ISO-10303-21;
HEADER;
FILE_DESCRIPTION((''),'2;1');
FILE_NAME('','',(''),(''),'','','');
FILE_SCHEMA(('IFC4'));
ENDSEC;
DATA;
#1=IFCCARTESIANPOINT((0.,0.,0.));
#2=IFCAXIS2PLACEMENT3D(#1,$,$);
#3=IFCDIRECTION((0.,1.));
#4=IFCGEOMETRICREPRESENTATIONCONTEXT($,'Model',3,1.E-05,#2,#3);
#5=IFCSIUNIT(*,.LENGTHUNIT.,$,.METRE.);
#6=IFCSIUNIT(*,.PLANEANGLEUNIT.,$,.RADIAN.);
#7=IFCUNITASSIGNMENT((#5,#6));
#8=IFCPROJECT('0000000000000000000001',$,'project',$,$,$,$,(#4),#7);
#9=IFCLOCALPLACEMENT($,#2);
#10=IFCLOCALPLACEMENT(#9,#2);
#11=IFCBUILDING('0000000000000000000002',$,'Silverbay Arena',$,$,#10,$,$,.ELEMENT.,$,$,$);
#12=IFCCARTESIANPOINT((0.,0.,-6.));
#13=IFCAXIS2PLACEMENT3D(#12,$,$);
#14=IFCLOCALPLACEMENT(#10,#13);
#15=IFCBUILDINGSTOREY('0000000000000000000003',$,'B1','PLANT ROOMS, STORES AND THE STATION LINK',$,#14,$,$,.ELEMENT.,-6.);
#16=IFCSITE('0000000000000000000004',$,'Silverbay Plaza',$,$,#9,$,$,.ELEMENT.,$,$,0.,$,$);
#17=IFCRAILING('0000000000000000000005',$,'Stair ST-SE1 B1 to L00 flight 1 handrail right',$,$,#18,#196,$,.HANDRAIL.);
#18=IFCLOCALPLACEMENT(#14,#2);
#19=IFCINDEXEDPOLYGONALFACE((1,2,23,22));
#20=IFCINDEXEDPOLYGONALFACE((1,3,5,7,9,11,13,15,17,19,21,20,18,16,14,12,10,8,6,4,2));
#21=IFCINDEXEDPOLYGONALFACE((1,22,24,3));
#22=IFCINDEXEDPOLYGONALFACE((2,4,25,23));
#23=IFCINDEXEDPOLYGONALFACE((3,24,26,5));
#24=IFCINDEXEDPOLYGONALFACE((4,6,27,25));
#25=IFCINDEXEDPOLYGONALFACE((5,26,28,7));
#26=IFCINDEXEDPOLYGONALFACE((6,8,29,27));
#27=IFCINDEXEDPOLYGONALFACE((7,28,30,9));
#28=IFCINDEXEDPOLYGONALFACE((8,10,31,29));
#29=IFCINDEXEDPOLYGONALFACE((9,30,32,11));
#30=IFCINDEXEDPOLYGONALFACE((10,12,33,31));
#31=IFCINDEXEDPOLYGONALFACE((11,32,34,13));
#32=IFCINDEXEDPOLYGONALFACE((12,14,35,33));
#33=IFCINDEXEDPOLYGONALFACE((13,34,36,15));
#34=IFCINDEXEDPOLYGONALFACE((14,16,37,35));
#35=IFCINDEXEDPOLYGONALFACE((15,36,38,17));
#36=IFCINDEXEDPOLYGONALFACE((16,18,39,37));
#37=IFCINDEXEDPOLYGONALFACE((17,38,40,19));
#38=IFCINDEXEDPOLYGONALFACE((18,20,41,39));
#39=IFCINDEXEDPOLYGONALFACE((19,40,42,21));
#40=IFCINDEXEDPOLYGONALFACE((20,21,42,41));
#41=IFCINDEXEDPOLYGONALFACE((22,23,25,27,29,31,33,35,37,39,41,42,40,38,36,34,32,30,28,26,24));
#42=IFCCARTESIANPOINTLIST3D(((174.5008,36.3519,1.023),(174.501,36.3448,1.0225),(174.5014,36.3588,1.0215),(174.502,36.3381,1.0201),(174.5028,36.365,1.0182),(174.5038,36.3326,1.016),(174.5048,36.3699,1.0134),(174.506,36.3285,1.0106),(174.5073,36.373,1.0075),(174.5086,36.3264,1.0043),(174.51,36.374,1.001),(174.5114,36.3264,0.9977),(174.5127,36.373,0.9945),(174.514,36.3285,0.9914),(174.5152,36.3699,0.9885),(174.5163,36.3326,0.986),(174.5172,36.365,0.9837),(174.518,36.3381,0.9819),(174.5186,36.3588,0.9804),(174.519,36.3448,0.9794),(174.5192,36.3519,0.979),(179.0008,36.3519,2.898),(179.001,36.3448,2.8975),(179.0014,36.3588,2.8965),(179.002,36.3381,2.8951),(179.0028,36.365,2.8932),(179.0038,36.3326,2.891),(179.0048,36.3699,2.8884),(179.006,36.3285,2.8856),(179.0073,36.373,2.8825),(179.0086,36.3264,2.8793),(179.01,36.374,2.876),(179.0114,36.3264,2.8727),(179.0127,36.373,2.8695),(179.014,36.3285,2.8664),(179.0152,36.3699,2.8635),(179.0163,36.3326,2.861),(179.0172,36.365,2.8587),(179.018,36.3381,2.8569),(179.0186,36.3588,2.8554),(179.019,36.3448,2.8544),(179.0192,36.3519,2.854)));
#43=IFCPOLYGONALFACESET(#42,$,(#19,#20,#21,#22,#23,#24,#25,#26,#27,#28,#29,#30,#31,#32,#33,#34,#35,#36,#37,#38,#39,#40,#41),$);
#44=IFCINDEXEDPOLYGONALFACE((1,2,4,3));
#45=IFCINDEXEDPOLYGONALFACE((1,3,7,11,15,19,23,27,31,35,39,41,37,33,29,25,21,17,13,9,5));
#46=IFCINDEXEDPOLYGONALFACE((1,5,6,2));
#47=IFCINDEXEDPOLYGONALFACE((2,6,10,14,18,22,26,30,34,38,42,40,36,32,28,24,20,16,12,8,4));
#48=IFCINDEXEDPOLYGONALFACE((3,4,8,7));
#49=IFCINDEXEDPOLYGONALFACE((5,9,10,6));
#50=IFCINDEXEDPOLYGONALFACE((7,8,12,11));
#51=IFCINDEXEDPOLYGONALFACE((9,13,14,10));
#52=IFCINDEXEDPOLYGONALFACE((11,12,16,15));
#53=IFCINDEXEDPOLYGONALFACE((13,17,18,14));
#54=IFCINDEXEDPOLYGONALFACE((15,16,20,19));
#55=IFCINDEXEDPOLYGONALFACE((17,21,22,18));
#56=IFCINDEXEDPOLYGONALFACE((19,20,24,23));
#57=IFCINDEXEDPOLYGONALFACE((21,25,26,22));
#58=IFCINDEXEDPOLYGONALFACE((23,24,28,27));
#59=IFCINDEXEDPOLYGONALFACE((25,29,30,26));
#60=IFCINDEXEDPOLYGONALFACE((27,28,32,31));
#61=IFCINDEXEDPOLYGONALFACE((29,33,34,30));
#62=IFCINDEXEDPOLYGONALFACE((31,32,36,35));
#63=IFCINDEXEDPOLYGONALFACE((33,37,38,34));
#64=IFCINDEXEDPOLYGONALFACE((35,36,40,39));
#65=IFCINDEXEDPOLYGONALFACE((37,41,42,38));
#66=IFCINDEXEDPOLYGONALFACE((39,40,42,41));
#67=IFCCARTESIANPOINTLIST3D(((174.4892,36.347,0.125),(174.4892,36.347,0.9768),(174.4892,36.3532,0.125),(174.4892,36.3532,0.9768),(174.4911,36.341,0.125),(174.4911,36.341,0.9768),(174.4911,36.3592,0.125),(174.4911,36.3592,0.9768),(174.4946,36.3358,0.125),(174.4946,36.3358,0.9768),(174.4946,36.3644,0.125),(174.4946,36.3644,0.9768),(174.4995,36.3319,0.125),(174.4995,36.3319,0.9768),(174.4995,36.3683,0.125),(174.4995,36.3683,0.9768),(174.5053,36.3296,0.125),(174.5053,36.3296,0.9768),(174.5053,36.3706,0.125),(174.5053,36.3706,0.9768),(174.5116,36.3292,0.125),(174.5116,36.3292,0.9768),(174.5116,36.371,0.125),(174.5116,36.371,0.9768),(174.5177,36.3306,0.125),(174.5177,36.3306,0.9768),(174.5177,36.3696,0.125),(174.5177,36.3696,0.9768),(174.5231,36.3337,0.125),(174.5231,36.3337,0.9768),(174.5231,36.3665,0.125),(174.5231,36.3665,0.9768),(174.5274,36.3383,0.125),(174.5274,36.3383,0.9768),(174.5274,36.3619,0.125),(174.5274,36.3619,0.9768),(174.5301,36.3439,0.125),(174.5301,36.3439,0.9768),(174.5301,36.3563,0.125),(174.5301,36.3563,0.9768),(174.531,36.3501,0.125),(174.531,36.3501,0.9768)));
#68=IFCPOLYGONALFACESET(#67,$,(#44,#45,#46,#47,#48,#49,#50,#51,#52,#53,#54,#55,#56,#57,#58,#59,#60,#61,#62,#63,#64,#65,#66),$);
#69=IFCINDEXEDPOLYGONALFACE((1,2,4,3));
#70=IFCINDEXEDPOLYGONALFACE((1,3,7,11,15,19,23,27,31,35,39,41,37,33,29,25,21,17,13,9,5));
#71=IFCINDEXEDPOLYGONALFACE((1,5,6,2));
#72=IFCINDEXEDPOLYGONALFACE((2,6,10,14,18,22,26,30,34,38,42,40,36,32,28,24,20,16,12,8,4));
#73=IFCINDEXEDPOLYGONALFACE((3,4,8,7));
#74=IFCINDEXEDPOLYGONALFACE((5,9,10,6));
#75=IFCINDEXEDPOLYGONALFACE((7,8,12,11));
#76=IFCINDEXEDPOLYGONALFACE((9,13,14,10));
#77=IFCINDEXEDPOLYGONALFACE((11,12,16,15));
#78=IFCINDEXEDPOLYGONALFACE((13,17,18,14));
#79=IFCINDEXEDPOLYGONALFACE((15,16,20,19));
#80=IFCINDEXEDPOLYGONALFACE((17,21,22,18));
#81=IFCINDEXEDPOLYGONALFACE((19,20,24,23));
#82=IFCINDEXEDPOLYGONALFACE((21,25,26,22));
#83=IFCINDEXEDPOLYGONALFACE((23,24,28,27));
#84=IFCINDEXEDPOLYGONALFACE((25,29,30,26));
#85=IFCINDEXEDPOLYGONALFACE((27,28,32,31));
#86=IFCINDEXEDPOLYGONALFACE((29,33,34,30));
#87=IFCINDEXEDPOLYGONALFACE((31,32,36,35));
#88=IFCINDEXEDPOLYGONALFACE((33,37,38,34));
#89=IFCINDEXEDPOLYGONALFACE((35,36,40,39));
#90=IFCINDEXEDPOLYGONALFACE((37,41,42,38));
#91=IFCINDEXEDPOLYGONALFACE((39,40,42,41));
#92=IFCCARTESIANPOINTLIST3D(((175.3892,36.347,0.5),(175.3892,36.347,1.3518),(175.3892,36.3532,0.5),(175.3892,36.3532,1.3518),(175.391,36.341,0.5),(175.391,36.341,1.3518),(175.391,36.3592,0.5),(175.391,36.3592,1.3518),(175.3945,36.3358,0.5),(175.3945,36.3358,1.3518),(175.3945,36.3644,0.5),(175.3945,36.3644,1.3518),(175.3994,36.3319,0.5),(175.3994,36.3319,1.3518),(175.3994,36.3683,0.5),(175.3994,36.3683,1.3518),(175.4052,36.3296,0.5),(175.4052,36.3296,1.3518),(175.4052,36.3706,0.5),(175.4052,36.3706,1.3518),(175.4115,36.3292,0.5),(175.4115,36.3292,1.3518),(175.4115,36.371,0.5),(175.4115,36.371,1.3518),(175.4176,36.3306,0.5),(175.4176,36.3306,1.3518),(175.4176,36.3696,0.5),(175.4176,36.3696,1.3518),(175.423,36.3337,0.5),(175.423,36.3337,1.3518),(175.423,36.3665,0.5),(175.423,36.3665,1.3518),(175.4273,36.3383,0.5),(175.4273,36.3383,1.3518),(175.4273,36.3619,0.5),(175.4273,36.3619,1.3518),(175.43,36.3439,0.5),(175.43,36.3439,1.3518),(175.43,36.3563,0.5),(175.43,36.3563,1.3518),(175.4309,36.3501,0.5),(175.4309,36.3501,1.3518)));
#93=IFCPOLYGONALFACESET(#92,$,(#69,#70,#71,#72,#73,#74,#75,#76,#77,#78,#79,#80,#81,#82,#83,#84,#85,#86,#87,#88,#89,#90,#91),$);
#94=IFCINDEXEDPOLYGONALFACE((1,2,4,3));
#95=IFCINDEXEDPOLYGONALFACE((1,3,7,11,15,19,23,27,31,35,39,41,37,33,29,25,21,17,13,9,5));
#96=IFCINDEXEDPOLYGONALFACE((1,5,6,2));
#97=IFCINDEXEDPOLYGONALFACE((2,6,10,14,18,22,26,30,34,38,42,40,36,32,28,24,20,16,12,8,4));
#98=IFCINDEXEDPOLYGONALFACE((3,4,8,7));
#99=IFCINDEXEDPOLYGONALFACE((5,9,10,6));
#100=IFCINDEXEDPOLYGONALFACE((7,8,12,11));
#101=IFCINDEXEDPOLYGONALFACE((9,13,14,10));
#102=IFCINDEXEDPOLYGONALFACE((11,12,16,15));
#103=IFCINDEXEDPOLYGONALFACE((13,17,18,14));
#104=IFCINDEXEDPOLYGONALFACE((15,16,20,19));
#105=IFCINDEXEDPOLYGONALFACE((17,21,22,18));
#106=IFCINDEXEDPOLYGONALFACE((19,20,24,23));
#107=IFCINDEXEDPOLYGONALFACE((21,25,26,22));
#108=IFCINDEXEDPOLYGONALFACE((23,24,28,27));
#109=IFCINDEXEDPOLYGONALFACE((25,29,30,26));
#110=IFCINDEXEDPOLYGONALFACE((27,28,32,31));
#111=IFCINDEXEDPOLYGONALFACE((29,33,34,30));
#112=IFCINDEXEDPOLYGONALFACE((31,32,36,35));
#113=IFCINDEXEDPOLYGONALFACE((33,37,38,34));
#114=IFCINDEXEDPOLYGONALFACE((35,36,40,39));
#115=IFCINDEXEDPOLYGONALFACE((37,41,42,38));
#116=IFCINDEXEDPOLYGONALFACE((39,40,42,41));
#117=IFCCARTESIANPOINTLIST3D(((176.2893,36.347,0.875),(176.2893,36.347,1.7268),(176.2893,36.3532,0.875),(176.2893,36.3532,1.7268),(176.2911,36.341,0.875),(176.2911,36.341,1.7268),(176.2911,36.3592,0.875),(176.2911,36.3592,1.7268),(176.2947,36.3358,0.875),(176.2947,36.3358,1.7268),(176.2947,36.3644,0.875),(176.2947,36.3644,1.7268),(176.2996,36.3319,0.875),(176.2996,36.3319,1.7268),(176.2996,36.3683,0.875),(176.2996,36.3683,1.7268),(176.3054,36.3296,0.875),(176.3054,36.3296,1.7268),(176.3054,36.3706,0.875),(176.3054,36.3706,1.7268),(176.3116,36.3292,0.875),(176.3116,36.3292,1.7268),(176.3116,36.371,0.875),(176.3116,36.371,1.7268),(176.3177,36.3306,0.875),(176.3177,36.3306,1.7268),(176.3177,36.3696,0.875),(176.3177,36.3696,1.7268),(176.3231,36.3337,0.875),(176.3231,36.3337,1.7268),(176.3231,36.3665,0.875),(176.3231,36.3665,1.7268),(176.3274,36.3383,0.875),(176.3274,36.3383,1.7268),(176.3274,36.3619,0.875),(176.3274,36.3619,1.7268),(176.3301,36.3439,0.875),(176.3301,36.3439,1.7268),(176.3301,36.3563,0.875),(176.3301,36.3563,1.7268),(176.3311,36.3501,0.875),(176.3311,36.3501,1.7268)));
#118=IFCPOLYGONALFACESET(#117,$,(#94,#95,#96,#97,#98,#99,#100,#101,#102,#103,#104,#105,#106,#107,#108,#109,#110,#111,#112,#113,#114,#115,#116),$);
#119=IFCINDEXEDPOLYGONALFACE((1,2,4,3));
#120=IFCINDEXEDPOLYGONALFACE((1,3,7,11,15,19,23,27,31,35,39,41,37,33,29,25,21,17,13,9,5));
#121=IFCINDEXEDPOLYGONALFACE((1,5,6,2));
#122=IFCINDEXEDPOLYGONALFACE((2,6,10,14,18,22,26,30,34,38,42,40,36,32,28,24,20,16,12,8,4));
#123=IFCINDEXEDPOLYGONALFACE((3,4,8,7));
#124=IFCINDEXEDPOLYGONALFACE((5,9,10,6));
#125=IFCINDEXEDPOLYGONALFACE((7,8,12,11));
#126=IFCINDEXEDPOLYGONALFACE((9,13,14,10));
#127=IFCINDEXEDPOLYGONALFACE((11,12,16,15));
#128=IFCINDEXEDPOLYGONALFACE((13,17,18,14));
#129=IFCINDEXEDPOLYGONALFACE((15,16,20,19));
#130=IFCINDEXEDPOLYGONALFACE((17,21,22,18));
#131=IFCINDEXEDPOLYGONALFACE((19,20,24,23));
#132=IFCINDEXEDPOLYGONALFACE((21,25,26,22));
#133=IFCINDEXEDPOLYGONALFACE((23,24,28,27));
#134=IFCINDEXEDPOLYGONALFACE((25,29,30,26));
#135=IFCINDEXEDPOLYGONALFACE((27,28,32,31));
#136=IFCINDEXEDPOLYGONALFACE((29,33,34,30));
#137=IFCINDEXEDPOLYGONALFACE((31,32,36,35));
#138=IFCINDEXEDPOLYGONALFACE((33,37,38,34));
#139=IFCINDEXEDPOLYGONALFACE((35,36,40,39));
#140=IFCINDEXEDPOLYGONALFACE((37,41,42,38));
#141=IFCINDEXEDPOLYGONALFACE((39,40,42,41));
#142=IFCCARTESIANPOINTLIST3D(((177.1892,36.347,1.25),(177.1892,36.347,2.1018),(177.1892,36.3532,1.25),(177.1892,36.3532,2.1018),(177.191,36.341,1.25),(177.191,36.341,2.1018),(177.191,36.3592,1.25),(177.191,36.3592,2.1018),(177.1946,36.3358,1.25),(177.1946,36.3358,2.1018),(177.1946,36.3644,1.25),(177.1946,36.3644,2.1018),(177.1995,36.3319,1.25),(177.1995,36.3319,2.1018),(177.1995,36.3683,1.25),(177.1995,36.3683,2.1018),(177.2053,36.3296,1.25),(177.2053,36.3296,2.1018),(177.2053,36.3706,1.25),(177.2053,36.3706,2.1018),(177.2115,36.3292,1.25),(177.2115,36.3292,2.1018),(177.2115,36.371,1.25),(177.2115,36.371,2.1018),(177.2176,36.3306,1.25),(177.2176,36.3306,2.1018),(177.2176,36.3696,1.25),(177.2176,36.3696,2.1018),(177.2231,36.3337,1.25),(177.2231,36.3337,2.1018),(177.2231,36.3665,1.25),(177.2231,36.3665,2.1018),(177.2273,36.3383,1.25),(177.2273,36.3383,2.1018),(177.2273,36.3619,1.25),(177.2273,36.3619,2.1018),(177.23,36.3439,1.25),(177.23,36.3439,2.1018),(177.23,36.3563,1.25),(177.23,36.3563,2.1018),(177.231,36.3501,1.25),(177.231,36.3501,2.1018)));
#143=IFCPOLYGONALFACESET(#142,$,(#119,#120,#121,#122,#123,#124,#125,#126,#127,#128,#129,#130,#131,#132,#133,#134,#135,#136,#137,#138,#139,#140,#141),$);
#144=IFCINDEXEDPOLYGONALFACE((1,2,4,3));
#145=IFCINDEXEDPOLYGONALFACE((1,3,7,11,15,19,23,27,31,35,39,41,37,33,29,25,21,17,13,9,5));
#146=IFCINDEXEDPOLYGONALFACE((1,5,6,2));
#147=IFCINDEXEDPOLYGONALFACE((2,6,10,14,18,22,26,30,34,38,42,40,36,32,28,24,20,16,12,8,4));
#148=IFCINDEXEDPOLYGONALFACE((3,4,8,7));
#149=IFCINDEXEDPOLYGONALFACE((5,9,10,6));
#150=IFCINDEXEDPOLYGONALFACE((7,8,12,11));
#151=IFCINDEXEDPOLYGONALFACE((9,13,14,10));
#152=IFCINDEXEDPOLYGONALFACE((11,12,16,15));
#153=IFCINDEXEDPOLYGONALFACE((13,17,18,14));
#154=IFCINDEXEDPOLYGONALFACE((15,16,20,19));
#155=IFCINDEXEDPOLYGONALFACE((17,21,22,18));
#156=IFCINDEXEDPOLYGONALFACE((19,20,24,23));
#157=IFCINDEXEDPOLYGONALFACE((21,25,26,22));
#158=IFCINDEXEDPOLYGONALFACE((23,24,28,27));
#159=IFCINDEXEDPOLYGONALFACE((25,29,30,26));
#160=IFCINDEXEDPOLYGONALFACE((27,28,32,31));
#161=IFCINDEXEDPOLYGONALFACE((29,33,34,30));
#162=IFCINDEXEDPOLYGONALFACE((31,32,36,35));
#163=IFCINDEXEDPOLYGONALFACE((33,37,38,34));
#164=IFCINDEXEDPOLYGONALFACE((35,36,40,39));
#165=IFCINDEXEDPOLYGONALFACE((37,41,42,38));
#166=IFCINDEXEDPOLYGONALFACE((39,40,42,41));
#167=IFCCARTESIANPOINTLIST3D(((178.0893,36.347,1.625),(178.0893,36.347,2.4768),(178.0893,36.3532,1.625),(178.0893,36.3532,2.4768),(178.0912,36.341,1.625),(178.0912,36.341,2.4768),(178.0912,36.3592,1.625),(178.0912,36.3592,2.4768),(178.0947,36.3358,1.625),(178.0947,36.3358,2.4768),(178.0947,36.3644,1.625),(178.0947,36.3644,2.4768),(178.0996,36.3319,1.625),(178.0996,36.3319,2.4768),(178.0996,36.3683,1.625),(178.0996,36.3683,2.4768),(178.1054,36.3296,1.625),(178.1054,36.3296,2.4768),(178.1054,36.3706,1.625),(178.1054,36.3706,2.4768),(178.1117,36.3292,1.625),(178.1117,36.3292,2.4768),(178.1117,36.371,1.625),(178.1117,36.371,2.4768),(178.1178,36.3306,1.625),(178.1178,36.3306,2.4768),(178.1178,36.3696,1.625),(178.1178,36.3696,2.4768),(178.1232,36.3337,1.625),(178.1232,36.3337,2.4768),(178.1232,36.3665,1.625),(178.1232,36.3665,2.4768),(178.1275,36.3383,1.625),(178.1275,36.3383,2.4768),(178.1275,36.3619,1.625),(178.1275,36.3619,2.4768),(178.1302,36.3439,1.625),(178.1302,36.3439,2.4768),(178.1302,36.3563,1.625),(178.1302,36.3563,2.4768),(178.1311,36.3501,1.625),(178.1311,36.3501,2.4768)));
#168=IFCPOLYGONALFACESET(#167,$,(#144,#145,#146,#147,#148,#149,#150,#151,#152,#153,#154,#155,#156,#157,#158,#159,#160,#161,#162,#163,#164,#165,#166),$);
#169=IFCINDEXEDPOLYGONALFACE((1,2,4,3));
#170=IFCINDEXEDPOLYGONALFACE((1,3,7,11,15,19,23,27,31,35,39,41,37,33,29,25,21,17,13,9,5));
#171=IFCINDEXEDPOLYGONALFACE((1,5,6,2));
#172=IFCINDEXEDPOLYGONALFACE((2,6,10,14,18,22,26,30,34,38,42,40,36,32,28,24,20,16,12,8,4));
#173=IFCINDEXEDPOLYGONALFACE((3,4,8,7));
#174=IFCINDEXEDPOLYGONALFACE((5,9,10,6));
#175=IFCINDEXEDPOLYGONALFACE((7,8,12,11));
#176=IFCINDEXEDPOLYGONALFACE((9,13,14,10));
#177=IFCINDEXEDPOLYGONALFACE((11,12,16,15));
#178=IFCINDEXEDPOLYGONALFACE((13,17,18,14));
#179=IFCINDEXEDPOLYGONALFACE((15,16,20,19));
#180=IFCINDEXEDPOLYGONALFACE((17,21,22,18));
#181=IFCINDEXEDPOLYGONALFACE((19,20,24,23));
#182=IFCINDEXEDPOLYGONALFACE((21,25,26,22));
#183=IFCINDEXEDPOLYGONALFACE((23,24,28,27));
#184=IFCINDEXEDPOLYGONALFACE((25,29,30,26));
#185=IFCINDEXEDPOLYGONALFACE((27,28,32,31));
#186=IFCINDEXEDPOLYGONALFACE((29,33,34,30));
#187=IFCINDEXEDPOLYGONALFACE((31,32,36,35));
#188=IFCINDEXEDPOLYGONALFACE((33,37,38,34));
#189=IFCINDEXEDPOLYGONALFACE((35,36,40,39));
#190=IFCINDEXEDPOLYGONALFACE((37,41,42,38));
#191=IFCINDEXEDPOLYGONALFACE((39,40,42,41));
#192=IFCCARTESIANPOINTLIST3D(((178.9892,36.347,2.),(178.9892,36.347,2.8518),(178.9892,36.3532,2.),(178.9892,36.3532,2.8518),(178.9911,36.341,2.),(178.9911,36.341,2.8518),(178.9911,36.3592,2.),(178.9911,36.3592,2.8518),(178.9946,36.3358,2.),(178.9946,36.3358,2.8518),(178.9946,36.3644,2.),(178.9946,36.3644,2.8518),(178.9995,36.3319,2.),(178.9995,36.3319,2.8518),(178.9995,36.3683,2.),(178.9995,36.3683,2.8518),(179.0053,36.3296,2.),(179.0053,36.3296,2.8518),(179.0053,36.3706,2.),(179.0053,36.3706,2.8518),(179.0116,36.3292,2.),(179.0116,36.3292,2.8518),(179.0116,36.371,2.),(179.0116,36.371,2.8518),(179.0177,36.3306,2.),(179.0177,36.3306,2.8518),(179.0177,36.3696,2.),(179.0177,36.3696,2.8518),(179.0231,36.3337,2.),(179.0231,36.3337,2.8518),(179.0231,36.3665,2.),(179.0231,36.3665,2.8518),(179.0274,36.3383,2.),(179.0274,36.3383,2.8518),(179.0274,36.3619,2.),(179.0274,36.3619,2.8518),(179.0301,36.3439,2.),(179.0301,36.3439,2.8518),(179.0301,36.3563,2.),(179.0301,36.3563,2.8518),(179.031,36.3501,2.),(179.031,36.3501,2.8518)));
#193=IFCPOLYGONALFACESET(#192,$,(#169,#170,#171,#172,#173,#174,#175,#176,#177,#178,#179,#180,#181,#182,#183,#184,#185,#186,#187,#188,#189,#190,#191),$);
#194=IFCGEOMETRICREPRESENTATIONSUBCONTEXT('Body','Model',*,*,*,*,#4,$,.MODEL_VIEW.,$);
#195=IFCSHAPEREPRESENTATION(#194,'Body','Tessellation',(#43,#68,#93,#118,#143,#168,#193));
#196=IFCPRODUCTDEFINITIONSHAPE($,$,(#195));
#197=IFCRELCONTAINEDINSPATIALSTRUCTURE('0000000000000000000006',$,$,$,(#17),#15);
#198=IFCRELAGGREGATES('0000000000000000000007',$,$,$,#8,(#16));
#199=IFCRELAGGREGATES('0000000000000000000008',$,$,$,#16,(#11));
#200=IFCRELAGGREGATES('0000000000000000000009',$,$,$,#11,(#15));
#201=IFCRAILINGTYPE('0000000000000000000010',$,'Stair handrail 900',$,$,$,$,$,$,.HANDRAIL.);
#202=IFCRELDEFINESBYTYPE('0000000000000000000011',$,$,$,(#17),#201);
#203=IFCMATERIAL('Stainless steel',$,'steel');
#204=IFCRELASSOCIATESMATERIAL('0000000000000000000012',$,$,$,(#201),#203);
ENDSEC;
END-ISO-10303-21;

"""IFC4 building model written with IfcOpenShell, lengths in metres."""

from ifc_helpers import new_model, si_unit, direction, frame, origin, origin_2d, place, context, subcontext, project, spatial, circle, extrude, material, type_object, element, save


model = new_model("IFC4")

# Units and contexts
model_context = context("Model", 3, precision=1e-05, world=origin(), true_north=direction((0.0, 1.0)))
body_context = subcontext(model_context, "Body", "Model", "MODEL_VIEW")
ifc_project = project(units=[si_unit("LENGTHUNIT", "METRE"), si_unit("PLANEANGLEUNIT", "RADIAN")], contexts=[model_context])

# Site, building, storey
site_placement = place(None, origin())
site = spatial("IfcSite", under=ifc_project, at=site_placement, Name="Silverbay Plaza", CompositionType="ELEMENT", RefElevation=0.0)
building_placement = place(site_placement, origin())
building = spatial("IfcBuilding", under=site, at=building_placement, Name="Silverbay Arena", CompositionType="ELEMENT")
storey_placement = place(building_placement, frame((0.0, 0.0, -6.0)))
storey = spatial("IfcBuildingStorey", under=building, at=storey_placement, Name="B1", Description="PLANT ROOMS, STORES AND THE STATION LINK", CompositionType="ELEMENT", Elevation=-6.0)

# Railing
ifc_material_1 = material(Name="Stainless steel", Category="steel")
railing_type_1 = type_object("IfcRailingType", Name="Stair handrail 900", PredefinedType="HANDRAIL", material=ifc_material_1)
for number, where, name in (
    (1, (174.51, 36.3501, 0.125), "Stair ST-SE1 B1 to L00 flight 1 handrail right"),
):
    element("IfcRailing", number, at=place(storey_placement, frame(where)), inside=storey, type_object=railing_type_1, Name=name, PredefinedType="HANDRAIL", context=body_context, shape_type="SweptSolid", body=[
        extrude(circle(Radius=0.0239, at=origin_2d()), frame((0.0, 0.0, 0.876), z_axis=(0.923077, 0.0, 0.384615), x_axis=(0.0, 1.0, 0.0)), (0.0, 0.0, 1.0), 4.875),
        extrude(circle(Radius=0.021, at=origin_2d()), origin(), (0.0, 0.0, 1.0), 0.8518),
        extrude(circle(Radius=0.021, at=origin_2d()), frame((0.8999, 0.0, 0.375)), (0.0, 0.0, 1.0), 0.8518),
        extrude(circle(Radius=0.021, at=origin_2d()), frame((1.8, 0.0, 0.75)), (0.0, 0.0, 1.0), 0.8518),
        extrude(circle(Radius=0.021, at=origin_2d()), frame((2.7, 0.0, 1.125)), (0.0, 0.0, 1.0), 0.8518),
        extrude(circle(Radius=0.021, at=origin_2d()), frame((3.6001, 0.0, 1.5)), (0.0, 0.0, 1.0), 0.8518),
        extrude(circle(Radius=0.021, at=origin_2d()), frame((4.5, 0.0, 1.875)), (0.0, 0.0, 1.0), 0.8518),
    ])

save(model, "model.ifc")
